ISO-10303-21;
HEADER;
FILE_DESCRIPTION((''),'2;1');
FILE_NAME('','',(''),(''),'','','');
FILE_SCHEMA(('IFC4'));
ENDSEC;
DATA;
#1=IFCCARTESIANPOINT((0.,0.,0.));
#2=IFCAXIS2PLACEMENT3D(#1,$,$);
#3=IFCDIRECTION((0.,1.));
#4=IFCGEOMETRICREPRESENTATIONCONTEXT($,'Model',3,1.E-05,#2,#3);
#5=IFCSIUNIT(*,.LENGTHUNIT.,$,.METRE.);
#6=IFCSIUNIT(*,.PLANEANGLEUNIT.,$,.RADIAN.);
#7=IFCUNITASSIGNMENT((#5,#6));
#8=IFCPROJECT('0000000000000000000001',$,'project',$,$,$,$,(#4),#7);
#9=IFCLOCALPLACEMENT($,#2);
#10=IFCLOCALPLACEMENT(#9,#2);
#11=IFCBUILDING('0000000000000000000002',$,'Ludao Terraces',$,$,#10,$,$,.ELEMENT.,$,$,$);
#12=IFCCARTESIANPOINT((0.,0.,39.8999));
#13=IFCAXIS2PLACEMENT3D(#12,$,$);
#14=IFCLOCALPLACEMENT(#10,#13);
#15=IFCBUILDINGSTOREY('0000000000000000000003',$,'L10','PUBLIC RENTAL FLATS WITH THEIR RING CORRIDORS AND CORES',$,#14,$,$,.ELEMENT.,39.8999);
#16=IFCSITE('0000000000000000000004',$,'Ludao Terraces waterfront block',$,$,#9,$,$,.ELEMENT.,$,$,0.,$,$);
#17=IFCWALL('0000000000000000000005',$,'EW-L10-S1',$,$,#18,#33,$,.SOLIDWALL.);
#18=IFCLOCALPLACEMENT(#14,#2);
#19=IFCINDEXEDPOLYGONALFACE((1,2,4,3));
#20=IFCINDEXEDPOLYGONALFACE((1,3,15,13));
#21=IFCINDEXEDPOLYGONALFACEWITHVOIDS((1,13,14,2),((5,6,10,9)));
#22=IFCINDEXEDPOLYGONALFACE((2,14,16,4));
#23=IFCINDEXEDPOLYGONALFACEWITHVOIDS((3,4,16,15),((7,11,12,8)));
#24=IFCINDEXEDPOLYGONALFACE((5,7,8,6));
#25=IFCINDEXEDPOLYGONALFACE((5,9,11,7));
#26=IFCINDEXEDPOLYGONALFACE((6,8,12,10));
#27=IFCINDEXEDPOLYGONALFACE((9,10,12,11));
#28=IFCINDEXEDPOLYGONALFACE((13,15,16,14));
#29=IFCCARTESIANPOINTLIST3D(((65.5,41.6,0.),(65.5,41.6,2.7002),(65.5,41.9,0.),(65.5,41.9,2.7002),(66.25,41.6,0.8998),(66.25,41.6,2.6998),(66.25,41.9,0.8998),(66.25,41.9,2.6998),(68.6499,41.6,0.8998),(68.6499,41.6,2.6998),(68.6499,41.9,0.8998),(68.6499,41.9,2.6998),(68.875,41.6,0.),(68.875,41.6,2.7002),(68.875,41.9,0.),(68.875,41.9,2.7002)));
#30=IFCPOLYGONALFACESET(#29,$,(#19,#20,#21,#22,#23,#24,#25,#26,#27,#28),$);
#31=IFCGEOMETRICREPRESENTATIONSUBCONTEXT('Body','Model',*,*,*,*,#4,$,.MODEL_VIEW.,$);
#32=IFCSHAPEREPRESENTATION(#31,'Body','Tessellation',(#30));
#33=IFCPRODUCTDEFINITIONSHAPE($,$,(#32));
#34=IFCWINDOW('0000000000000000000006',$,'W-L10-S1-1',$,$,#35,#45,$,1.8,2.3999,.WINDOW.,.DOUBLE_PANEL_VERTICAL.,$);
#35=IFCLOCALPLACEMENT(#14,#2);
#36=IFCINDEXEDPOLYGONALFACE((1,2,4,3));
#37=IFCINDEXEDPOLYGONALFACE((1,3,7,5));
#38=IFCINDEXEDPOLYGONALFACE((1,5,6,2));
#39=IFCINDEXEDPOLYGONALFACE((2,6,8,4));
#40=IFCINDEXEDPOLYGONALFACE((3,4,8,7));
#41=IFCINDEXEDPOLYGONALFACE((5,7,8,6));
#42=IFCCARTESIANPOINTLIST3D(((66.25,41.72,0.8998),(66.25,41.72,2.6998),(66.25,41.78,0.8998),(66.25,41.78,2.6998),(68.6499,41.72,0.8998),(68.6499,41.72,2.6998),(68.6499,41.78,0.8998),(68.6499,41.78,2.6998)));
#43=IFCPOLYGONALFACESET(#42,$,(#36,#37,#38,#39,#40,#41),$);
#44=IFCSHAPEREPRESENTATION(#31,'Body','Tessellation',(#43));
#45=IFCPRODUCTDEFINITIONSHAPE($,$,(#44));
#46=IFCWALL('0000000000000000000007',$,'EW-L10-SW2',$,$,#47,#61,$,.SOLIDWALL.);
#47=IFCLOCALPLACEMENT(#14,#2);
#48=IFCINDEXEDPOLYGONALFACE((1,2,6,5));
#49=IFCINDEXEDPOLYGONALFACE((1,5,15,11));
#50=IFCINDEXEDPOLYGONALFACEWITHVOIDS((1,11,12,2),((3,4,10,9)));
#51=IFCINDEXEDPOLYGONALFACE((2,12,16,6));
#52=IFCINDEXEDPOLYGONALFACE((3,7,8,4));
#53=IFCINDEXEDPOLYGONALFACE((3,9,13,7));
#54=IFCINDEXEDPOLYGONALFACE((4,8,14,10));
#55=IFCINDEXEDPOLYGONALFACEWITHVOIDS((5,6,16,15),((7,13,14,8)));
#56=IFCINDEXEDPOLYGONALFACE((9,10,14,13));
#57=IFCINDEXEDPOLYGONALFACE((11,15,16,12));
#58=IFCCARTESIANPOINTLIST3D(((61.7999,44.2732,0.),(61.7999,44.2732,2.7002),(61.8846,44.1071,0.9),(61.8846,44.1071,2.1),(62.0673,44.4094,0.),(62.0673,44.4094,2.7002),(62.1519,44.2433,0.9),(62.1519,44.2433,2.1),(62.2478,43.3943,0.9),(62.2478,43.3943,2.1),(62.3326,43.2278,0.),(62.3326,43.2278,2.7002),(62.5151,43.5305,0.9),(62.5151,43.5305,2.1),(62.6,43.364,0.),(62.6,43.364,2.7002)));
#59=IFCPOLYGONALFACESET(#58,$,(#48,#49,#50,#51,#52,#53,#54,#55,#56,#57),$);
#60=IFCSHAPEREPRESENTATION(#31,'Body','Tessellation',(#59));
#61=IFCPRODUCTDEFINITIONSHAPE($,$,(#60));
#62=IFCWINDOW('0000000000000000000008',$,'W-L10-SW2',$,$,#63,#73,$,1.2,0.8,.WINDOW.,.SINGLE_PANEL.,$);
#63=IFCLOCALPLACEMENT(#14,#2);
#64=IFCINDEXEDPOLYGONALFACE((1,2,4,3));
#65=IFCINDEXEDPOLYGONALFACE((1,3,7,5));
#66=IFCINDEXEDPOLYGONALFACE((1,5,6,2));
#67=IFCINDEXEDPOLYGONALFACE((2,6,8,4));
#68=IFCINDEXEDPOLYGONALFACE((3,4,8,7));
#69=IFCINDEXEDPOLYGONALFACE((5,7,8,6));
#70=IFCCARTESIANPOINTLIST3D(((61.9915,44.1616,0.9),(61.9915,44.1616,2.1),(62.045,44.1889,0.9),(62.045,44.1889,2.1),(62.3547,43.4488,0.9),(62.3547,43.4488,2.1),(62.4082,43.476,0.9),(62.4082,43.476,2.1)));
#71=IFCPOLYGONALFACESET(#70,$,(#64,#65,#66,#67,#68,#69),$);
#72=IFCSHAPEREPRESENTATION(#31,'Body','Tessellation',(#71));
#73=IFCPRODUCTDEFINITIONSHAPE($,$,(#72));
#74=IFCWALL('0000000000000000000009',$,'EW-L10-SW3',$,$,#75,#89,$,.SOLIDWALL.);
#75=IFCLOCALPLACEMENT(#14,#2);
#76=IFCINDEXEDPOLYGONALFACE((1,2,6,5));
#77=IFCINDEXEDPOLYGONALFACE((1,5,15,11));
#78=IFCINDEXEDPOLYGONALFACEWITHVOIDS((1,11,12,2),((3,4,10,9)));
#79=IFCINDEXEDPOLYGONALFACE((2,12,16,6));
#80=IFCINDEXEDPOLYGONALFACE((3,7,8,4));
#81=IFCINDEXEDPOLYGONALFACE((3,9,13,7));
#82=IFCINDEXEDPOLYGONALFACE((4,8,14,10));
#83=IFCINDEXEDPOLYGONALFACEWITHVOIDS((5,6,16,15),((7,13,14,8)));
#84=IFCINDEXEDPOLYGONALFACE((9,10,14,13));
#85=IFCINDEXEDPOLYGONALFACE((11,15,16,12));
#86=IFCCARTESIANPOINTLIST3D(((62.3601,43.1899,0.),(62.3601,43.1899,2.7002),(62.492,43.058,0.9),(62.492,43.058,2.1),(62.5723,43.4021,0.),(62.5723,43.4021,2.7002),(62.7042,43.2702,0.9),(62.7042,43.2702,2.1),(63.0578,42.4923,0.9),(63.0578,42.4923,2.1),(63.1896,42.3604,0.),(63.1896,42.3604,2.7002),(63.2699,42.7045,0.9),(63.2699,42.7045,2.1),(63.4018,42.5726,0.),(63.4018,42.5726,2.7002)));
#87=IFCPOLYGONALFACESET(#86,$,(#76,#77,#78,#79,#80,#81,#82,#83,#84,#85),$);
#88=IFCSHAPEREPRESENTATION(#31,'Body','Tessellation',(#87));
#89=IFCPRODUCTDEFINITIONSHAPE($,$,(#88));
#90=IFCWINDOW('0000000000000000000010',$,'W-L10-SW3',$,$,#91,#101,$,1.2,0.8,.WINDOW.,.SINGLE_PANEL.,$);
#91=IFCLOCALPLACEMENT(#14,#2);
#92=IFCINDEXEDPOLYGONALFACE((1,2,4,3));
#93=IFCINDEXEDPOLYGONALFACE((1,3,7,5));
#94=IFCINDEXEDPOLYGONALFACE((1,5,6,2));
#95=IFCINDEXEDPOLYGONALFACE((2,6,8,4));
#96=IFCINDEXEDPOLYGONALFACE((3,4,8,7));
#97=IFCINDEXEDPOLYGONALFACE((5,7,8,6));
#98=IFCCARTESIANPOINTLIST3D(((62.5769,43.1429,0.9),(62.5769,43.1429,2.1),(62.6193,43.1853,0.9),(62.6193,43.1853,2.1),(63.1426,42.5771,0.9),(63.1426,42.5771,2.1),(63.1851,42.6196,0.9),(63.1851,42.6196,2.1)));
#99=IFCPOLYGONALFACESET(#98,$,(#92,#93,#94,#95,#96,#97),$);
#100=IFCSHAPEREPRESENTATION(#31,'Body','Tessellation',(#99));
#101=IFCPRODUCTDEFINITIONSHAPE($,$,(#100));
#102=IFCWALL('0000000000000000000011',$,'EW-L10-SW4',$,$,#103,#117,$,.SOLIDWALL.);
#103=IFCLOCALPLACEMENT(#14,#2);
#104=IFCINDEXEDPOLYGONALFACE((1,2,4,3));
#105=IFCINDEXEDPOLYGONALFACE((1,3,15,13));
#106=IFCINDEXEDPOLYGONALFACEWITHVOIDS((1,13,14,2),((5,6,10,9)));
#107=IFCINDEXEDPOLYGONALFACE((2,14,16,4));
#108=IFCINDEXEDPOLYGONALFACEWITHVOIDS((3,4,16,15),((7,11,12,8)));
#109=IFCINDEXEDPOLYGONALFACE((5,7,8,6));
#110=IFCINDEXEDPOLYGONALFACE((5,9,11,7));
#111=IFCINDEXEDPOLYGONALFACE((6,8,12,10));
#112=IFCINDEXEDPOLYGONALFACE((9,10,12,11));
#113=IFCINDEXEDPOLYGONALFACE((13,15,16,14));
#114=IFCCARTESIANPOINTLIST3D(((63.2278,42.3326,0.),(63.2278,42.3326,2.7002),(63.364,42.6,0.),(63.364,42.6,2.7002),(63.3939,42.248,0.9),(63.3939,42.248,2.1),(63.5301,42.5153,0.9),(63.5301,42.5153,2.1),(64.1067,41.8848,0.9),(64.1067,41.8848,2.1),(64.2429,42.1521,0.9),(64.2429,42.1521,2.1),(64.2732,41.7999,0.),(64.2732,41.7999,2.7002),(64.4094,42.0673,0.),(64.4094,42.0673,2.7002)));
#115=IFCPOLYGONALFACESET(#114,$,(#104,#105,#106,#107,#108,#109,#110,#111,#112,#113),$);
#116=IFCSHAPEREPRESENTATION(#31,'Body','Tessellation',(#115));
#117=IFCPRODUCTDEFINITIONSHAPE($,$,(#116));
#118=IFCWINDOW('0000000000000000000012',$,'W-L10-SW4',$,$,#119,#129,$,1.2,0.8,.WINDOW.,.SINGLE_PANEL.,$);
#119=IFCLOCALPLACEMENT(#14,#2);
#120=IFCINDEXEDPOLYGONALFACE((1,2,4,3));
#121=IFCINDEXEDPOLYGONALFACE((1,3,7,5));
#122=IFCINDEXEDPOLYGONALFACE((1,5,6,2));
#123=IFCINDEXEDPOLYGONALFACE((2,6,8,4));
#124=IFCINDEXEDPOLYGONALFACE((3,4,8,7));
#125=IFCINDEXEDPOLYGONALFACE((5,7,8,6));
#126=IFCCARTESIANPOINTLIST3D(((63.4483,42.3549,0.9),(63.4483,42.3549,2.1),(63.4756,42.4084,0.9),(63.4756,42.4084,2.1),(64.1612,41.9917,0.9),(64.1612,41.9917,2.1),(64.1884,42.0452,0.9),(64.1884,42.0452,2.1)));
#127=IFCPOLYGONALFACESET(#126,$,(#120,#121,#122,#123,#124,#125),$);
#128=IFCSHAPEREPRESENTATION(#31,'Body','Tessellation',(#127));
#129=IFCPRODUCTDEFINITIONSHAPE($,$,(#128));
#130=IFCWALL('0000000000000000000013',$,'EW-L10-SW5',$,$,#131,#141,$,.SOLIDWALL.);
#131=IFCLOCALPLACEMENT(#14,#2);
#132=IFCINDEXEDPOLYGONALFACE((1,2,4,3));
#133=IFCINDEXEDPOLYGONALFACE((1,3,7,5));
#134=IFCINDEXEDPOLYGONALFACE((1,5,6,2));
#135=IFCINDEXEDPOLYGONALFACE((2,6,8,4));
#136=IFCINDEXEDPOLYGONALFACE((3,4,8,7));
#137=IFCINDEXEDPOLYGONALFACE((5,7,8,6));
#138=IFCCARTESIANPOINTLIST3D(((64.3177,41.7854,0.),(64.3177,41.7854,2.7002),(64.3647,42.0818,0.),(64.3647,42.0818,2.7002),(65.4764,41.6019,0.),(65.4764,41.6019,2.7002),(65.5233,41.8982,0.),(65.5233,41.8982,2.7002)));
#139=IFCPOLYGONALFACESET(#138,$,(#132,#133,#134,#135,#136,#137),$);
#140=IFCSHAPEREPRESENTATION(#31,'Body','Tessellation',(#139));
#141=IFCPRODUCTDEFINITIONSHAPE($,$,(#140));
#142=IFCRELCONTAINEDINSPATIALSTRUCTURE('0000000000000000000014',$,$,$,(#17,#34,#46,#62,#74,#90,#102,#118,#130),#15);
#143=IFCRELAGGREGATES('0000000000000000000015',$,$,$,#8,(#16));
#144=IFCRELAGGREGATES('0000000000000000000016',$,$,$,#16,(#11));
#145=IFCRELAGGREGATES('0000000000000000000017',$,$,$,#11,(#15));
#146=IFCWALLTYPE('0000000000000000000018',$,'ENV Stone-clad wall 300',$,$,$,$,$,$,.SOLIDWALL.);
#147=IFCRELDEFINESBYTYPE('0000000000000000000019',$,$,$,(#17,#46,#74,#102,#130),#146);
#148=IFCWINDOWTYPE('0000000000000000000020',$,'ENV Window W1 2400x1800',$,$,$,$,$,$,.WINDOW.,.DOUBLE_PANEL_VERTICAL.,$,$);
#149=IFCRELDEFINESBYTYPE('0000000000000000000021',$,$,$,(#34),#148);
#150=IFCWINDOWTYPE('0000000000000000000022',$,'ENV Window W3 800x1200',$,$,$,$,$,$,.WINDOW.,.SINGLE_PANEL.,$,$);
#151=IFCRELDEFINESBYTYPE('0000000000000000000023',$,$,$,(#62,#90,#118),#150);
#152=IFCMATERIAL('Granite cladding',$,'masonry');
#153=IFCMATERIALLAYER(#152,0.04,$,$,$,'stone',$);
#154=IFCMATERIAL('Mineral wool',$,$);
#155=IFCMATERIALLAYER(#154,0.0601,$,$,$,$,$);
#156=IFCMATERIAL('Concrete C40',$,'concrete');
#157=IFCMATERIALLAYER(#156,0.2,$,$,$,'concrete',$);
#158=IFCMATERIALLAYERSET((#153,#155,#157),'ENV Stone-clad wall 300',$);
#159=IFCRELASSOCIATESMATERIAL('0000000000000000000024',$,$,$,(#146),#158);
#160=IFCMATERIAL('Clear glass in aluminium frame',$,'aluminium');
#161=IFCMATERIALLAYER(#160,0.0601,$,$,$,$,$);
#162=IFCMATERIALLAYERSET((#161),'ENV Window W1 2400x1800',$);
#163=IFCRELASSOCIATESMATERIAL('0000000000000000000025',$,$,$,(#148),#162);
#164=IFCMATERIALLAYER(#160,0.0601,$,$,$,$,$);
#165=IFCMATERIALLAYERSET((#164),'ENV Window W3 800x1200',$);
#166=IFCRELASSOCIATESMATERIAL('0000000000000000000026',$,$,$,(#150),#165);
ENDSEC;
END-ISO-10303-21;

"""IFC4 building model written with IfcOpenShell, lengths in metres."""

from ifc_helpers import new_model, si_unit, direction, frame, frame_2d, origin, place, context, subcontext, project, spatial, rectangle, extrude, material, layer, layer_set, type_object, element, fill, save


model = new_model("IFC4")

# Units and contexts
model_context = context("Model", 3, precision=1e-05, world=origin(), true_north=direction((0.0, 1.0)))
body_context = subcontext(model_context, "Body", "Model", "MODEL_VIEW")
ifc_project = project(units=[si_unit("LENGTHUNIT", "METRE"), si_unit("PLANEANGLEUNIT", "RADIAN")], contexts=[model_context])

# Site, building, storey
site_placement = place(None, origin())
site = spatial("IfcSite", under=ifc_project, at=site_placement, Name="Ludao Terraces waterfront block", CompositionType="ELEMENT", RefElevation=0.0)
building_placement = place(site_placement, origin())
building = spatial("IfcBuilding", under=site, at=building_placement, Name="Ludao Terraces", CompositionType="ELEMENT")
storey_placement = place(building_placement, frame((0.0, 0.0, 39.8999)))
storey = spatial("IfcBuildingStorey", under=building, at=storey_placement, Name="L10", Description="PUBLIC RENTAL FLATS WITH THEIR RING CORRIDORS AND CORES", CompositionType="ELEMENT", Elevation=39.8999)

# Walls, openings, windows
ifc_material_1 = material(Name="Granite cladding", Category="masonry")
ifc_layer_1 = layer(ifc_material_1, 0.04, Category="stone")
ifc_material_2 = material(Name="Mineral wool")
ifc_layer_2 = layer(ifc_material_2, 0.0601)
ifc_material_3 = material(Name="Concrete C40", Category="concrete")
ifc_layer_3 = layer(ifc_material_3, 0.2, Category="concrete")
ifc_layer_set_1 = layer_set([ifc_layer_1, ifc_layer_2, ifc_layer_3], Name="ENV Stone-clad wall 300")
wall_type_1 = type_object("IfcWallType", Name="ENV Stone-clad wall 300", PredefinedType="SOLIDWALL", material=ifc_layer_set_1)
wall_1_placement = place(storey_placement, frame((65.5, 41.75, 0.0), z_axis=(0.0, 0.0, 1.0), x_axis=(1.0, 0.0, 0.0)))
wall_1 = element("IfcWall", 1, at=wall_1_placement, inside=storey, type_object=wall_type_1, Name="EW-L10-S1", PredefinedType="SOLIDWALL", context=body_context, shape_type="SweptSolid", body=[
    extrude(rectangle(XDim=3.375, YDim=0.3, at=frame_2d((1.6875, 0.0))), origin(), (0.0, 0.0, 1.0), 2.7002),
])
opening_1_placement = place(wall_1_placement, frame((0.75, 0.0, 0.8999)))
opening_1 = element("IfcOpeningElement", 2, at=opening_1_placement, cuts=wall_1, PredefinedType="OPENING", context=body_context, shape_type="SweptSolid", body=[
    extrude(rectangle(XDim=2.3999, YDim=1.8, at=frame_2d((1.2, 0.8999))), frame((0.0, 0.1602, 0.0), z_axis=(0.0, -1.0, 0.0), x_axis=(1.0, 0.0, 0.0)), (0.0, 0.0, 1.0), 0.3201),
])
ifc_material_4 = material(Name="Clear glass in aluminium frame", Category="aluminium")
ifc_layer_4 = layer(ifc_material_4, 0.0601)
ifc_layer_set_2 = layer_set([ifc_layer_4], Name="ENV Window W1 2400x1800")
window_type_1 = type_object("IfcWindowType", Name="ENV Window W1 2400x1800", PartitioningType="DOUBLE_PANEL_VERTICAL", PredefinedType="WINDOW", material=ifc_layer_set_2)
window_1_placement = place(opening_1_placement, origin())
window_1 = element("IfcWindow", 3, at=window_1_placement, inside=storey, type_object=window_type_1, Name="W-L10-S1-1", OverallHeight=1.8, OverallWidth=2.3999, PartitioningType="DOUBLE_PANEL_VERTICAL", PredefinedType="WINDOW", context=body_context, shape_type="SweptSolid", body=[
    extrude(rectangle(XDim=2.3999, YDim=1.8, at=frame_2d((1.2, 0.8999))), frame((0.0, 0.03, 0.0), z_axis=(0.0, -1.0, 0.0), x_axis=(1.0, 0.0, 0.0)), (0.0, 0.0, 1.0), 0.0601),
])
fill(opening_1, window_1)
wall_2_placement = place(storey_placement, frame((61.9336, 44.3413, 0.0), z_axis=(0.0, 0.0, 1.0), x_axis=(0.454026, -0.890989, 0.0)))
wall_2 = element("IfcWall", 4, at=wall_2_placement, inside=storey, type_object=wall_type_1, Name="EW-L10-SW2", PredefinedType="SOLIDWALL", context=body_context, shape_type="SweptSolid", body=[
    extrude(rectangle(XDim=1.1733, YDim=0.3, at=frame_2d((0.5867, 0.0))), origin(), (0.0, 0.0, 1.0), 2.7002),
])
opening_2_placement = place(wall_2_placement, frame((0.1865, 0.0, 0.8999)))
opening_2 = element("IfcOpeningElement", 5, at=opening_2_placement, cuts=wall_2, PredefinedType="OPENING", context=body_context, shape_type="SweptSolid", body=[
    extrude(rectangle(XDim=0.8, YDim=1.2, at=frame_2d((0.3999, 0.6001))), frame((0.0, 0.1602, 0.0), z_axis=(0.0, -1.0, 0.0), x_axis=(1.0, 0.0, 0.0)), (0.0, 0.0, 1.0), 0.3201),
])
ifc_layer_5 = layer(ifc_material_4, 0.0601)
ifc_layer_set_3 = layer_set([ifc_layer_5], Name="ENV Window W3 800x1200")
window_type_2 = type_object("IfcWindowType", Name="ENV Window W3 800x1200", PartitioningType="SINGLE_PANEL", PredefinedType="WINDOW", material=ifc_layer_set_3)
window_2_placement = place(opening_2_placement, origin())
window_2 = element("IfcWindow", 6, at=window_2_placement, inside=storey, type_object=window_type_2, Name="W-L10-SW2", OverallHeight=1.2, OverallWidth=0.8, PartitioningType="SINGLE_PANEL", PredefinedType="WINDOW", context=body_context, shape_type="SweptSolid", body=[
    extrude(rectangle(XDim=0.8, YDim=1.2, at=frame_2d((0.3999, 0.6001))), frame((0.0, 0.03, 0.0), z_axis=(0.0, -1.0, 0.0), x_axis=(1.0, 0.0, 0.0)), (0.0, 0.0, 1.0), 0.0601),
])
fill(opening_2, window_2)
wall_3_placement = place(storey_placement, frame((62.4663, 43.2959, 0.0), z_axis=(0.0, 0.0, 1.0), x_axis=(0.707107, -0.707107, 0.0)))
wall_3 = element("IfcWall", 7, at=wall_3_placement, inside=storey, type_object=wall_type_1, Name="EW-L10-SW3", PredefinedType="SOLIDWALL", context=body_context, shape_type="SweptSolid", body=[
    extrude(rectangle(XDim=1.1731, YDim=0.3, at=frame_2d((0.5864, 0.0))), origin(), (0.0, 0.0, 1.0), 2.7002),
])
opening_3_placement = place(wall_3_placement, frame((0.1865, 0.0, 0.8999)))
opening_3 = element("IfcOpeningElement", 8, at=opening_3_placement, cuts=wall_3, PredefinedType="OPENING", context=body_context, shape_type="SweptSolid", body=[
    extrude(rectangle(XDim=0.8, YDim=1.2, at=frame_2d((0.3999, 0.6001))), frame((0.0, 0.1602, 0.0), z_axis=(0.0, -1.0, 0.0), x_axis=(1.0, 0.0, 0.0)), (0.0, 0.0, 1.0), 0.3201),
])
window_3_placement = place(opening_3_placement, origin())
window_3 = element("IfcWindow", 9, at=window_3_placement, inside=storey, type_object=window_type_2, Name="W-L10-SW3", OverallHeight=1.2, OverallWidth=0.8, PartitioningType="SINGLE_PANEL", PredefinedType="WINDOW", context=body_context, shape_type="SweptSolid", body=[
    extrude(rectangle(XDim=0.8, YDim=1.2, at=frame_2d((0.3999, 0.6001))), frame((0.0, 0.03, 0.0), z_axis=(0.0, -1.0, 0.0), x_axis=(1.0, 0.0, 0.0)), (0.0, 0.0, 1.0), 0.0601),
])
fill(opening_3, window_3)
wall_4_placement = place(storey_placement, frame((63.2959, 42.4663, 0.0), z_axis=(0.0, 0.0, 1.0), x_axis=(0.890989, -0.454026, 0.0)))
wall_4 = element("IfcWall", 10, at=wall_4_placement, inside=storey, type_object=wall_type_1, Name="EW-L10-SW4", PredefinedType="SOLIDWALL", context=body_context, shape_type="SweptSolid", body=[
    extrude(rectangle(XDim=1.1733, YDim=0.3, at=frame_2d((0.5867, 0.0))), origin(), (0.0, 0.0, 1.0), 2.7002),
])
opening_4_placement = place(wall_4_placement, frame((0.1865, 0.0, 0.8999)))
opening_4 = element("IfcOpeningElement", 11, at=opening_4_placement, cuts=wall_4, PredefinedType="OPENING", context=body_context, shape_type="SweptSolid", body=[
    extrude(rectangle(XDim=0.8, YDim=1.2, at=frame_2d((0.3999, 0.6001))), frame((0.0, 0.1602, 0.0), z_axis=(0.0, -1.0, 0.0), x_axis=(1.0, 0.0, 0.0)), (0.0, 0.0, 1.0), 0.3201),
])
window_4_placement = place(opening_4_placement, origin())
window_4 = element("IfcWindow", 12, at=window_4_placement, inside=storey, type_object=window_type_2, Name="W-L10-SW4", OverallHeight=1.2, OverallWidth=0.8, PartitioningType="SINGLE_PANEL", PredefinedType="WINDOW", context=body_context, shape_type="SweptSolid", body=[
    extrude(rectangle(XDim=0.8, YDim=1.2, at=frame_2d((0.3999, 0.6001))), frame((0.0, 0.03, 0.0), z_axis=(0.0, -1.0, 0.0), x_axis=(1.0, 0.0, 0.0)), (0.0, 0.0, 1.0), 0.0601),
])
fill(opening_4, window_4)

# Wall
wall_5_placement = place(storey_placement, frame((64.3413, 41.9336, 0.0), z_axis=(0.0, 0.0, 1.0), x_axis=(0.987678, -0.156497, 0.0)))
element("IfcWall", 13, at=wall_5_placement, inside=storey, type_object=wall_type_1, Name="EW-L10-SW5", PredefinedType="SOLIDWALL", context=body_context, shape_type="SweptSolid", body=[
    extrude(rectangle(XDim=1.1731, YDim=0.3, at=frame_2d((0.5864, 0.0))), origin(), (0.0, 0.0, 1.0), 2.7002),
])

save(model, "model.ifc")
